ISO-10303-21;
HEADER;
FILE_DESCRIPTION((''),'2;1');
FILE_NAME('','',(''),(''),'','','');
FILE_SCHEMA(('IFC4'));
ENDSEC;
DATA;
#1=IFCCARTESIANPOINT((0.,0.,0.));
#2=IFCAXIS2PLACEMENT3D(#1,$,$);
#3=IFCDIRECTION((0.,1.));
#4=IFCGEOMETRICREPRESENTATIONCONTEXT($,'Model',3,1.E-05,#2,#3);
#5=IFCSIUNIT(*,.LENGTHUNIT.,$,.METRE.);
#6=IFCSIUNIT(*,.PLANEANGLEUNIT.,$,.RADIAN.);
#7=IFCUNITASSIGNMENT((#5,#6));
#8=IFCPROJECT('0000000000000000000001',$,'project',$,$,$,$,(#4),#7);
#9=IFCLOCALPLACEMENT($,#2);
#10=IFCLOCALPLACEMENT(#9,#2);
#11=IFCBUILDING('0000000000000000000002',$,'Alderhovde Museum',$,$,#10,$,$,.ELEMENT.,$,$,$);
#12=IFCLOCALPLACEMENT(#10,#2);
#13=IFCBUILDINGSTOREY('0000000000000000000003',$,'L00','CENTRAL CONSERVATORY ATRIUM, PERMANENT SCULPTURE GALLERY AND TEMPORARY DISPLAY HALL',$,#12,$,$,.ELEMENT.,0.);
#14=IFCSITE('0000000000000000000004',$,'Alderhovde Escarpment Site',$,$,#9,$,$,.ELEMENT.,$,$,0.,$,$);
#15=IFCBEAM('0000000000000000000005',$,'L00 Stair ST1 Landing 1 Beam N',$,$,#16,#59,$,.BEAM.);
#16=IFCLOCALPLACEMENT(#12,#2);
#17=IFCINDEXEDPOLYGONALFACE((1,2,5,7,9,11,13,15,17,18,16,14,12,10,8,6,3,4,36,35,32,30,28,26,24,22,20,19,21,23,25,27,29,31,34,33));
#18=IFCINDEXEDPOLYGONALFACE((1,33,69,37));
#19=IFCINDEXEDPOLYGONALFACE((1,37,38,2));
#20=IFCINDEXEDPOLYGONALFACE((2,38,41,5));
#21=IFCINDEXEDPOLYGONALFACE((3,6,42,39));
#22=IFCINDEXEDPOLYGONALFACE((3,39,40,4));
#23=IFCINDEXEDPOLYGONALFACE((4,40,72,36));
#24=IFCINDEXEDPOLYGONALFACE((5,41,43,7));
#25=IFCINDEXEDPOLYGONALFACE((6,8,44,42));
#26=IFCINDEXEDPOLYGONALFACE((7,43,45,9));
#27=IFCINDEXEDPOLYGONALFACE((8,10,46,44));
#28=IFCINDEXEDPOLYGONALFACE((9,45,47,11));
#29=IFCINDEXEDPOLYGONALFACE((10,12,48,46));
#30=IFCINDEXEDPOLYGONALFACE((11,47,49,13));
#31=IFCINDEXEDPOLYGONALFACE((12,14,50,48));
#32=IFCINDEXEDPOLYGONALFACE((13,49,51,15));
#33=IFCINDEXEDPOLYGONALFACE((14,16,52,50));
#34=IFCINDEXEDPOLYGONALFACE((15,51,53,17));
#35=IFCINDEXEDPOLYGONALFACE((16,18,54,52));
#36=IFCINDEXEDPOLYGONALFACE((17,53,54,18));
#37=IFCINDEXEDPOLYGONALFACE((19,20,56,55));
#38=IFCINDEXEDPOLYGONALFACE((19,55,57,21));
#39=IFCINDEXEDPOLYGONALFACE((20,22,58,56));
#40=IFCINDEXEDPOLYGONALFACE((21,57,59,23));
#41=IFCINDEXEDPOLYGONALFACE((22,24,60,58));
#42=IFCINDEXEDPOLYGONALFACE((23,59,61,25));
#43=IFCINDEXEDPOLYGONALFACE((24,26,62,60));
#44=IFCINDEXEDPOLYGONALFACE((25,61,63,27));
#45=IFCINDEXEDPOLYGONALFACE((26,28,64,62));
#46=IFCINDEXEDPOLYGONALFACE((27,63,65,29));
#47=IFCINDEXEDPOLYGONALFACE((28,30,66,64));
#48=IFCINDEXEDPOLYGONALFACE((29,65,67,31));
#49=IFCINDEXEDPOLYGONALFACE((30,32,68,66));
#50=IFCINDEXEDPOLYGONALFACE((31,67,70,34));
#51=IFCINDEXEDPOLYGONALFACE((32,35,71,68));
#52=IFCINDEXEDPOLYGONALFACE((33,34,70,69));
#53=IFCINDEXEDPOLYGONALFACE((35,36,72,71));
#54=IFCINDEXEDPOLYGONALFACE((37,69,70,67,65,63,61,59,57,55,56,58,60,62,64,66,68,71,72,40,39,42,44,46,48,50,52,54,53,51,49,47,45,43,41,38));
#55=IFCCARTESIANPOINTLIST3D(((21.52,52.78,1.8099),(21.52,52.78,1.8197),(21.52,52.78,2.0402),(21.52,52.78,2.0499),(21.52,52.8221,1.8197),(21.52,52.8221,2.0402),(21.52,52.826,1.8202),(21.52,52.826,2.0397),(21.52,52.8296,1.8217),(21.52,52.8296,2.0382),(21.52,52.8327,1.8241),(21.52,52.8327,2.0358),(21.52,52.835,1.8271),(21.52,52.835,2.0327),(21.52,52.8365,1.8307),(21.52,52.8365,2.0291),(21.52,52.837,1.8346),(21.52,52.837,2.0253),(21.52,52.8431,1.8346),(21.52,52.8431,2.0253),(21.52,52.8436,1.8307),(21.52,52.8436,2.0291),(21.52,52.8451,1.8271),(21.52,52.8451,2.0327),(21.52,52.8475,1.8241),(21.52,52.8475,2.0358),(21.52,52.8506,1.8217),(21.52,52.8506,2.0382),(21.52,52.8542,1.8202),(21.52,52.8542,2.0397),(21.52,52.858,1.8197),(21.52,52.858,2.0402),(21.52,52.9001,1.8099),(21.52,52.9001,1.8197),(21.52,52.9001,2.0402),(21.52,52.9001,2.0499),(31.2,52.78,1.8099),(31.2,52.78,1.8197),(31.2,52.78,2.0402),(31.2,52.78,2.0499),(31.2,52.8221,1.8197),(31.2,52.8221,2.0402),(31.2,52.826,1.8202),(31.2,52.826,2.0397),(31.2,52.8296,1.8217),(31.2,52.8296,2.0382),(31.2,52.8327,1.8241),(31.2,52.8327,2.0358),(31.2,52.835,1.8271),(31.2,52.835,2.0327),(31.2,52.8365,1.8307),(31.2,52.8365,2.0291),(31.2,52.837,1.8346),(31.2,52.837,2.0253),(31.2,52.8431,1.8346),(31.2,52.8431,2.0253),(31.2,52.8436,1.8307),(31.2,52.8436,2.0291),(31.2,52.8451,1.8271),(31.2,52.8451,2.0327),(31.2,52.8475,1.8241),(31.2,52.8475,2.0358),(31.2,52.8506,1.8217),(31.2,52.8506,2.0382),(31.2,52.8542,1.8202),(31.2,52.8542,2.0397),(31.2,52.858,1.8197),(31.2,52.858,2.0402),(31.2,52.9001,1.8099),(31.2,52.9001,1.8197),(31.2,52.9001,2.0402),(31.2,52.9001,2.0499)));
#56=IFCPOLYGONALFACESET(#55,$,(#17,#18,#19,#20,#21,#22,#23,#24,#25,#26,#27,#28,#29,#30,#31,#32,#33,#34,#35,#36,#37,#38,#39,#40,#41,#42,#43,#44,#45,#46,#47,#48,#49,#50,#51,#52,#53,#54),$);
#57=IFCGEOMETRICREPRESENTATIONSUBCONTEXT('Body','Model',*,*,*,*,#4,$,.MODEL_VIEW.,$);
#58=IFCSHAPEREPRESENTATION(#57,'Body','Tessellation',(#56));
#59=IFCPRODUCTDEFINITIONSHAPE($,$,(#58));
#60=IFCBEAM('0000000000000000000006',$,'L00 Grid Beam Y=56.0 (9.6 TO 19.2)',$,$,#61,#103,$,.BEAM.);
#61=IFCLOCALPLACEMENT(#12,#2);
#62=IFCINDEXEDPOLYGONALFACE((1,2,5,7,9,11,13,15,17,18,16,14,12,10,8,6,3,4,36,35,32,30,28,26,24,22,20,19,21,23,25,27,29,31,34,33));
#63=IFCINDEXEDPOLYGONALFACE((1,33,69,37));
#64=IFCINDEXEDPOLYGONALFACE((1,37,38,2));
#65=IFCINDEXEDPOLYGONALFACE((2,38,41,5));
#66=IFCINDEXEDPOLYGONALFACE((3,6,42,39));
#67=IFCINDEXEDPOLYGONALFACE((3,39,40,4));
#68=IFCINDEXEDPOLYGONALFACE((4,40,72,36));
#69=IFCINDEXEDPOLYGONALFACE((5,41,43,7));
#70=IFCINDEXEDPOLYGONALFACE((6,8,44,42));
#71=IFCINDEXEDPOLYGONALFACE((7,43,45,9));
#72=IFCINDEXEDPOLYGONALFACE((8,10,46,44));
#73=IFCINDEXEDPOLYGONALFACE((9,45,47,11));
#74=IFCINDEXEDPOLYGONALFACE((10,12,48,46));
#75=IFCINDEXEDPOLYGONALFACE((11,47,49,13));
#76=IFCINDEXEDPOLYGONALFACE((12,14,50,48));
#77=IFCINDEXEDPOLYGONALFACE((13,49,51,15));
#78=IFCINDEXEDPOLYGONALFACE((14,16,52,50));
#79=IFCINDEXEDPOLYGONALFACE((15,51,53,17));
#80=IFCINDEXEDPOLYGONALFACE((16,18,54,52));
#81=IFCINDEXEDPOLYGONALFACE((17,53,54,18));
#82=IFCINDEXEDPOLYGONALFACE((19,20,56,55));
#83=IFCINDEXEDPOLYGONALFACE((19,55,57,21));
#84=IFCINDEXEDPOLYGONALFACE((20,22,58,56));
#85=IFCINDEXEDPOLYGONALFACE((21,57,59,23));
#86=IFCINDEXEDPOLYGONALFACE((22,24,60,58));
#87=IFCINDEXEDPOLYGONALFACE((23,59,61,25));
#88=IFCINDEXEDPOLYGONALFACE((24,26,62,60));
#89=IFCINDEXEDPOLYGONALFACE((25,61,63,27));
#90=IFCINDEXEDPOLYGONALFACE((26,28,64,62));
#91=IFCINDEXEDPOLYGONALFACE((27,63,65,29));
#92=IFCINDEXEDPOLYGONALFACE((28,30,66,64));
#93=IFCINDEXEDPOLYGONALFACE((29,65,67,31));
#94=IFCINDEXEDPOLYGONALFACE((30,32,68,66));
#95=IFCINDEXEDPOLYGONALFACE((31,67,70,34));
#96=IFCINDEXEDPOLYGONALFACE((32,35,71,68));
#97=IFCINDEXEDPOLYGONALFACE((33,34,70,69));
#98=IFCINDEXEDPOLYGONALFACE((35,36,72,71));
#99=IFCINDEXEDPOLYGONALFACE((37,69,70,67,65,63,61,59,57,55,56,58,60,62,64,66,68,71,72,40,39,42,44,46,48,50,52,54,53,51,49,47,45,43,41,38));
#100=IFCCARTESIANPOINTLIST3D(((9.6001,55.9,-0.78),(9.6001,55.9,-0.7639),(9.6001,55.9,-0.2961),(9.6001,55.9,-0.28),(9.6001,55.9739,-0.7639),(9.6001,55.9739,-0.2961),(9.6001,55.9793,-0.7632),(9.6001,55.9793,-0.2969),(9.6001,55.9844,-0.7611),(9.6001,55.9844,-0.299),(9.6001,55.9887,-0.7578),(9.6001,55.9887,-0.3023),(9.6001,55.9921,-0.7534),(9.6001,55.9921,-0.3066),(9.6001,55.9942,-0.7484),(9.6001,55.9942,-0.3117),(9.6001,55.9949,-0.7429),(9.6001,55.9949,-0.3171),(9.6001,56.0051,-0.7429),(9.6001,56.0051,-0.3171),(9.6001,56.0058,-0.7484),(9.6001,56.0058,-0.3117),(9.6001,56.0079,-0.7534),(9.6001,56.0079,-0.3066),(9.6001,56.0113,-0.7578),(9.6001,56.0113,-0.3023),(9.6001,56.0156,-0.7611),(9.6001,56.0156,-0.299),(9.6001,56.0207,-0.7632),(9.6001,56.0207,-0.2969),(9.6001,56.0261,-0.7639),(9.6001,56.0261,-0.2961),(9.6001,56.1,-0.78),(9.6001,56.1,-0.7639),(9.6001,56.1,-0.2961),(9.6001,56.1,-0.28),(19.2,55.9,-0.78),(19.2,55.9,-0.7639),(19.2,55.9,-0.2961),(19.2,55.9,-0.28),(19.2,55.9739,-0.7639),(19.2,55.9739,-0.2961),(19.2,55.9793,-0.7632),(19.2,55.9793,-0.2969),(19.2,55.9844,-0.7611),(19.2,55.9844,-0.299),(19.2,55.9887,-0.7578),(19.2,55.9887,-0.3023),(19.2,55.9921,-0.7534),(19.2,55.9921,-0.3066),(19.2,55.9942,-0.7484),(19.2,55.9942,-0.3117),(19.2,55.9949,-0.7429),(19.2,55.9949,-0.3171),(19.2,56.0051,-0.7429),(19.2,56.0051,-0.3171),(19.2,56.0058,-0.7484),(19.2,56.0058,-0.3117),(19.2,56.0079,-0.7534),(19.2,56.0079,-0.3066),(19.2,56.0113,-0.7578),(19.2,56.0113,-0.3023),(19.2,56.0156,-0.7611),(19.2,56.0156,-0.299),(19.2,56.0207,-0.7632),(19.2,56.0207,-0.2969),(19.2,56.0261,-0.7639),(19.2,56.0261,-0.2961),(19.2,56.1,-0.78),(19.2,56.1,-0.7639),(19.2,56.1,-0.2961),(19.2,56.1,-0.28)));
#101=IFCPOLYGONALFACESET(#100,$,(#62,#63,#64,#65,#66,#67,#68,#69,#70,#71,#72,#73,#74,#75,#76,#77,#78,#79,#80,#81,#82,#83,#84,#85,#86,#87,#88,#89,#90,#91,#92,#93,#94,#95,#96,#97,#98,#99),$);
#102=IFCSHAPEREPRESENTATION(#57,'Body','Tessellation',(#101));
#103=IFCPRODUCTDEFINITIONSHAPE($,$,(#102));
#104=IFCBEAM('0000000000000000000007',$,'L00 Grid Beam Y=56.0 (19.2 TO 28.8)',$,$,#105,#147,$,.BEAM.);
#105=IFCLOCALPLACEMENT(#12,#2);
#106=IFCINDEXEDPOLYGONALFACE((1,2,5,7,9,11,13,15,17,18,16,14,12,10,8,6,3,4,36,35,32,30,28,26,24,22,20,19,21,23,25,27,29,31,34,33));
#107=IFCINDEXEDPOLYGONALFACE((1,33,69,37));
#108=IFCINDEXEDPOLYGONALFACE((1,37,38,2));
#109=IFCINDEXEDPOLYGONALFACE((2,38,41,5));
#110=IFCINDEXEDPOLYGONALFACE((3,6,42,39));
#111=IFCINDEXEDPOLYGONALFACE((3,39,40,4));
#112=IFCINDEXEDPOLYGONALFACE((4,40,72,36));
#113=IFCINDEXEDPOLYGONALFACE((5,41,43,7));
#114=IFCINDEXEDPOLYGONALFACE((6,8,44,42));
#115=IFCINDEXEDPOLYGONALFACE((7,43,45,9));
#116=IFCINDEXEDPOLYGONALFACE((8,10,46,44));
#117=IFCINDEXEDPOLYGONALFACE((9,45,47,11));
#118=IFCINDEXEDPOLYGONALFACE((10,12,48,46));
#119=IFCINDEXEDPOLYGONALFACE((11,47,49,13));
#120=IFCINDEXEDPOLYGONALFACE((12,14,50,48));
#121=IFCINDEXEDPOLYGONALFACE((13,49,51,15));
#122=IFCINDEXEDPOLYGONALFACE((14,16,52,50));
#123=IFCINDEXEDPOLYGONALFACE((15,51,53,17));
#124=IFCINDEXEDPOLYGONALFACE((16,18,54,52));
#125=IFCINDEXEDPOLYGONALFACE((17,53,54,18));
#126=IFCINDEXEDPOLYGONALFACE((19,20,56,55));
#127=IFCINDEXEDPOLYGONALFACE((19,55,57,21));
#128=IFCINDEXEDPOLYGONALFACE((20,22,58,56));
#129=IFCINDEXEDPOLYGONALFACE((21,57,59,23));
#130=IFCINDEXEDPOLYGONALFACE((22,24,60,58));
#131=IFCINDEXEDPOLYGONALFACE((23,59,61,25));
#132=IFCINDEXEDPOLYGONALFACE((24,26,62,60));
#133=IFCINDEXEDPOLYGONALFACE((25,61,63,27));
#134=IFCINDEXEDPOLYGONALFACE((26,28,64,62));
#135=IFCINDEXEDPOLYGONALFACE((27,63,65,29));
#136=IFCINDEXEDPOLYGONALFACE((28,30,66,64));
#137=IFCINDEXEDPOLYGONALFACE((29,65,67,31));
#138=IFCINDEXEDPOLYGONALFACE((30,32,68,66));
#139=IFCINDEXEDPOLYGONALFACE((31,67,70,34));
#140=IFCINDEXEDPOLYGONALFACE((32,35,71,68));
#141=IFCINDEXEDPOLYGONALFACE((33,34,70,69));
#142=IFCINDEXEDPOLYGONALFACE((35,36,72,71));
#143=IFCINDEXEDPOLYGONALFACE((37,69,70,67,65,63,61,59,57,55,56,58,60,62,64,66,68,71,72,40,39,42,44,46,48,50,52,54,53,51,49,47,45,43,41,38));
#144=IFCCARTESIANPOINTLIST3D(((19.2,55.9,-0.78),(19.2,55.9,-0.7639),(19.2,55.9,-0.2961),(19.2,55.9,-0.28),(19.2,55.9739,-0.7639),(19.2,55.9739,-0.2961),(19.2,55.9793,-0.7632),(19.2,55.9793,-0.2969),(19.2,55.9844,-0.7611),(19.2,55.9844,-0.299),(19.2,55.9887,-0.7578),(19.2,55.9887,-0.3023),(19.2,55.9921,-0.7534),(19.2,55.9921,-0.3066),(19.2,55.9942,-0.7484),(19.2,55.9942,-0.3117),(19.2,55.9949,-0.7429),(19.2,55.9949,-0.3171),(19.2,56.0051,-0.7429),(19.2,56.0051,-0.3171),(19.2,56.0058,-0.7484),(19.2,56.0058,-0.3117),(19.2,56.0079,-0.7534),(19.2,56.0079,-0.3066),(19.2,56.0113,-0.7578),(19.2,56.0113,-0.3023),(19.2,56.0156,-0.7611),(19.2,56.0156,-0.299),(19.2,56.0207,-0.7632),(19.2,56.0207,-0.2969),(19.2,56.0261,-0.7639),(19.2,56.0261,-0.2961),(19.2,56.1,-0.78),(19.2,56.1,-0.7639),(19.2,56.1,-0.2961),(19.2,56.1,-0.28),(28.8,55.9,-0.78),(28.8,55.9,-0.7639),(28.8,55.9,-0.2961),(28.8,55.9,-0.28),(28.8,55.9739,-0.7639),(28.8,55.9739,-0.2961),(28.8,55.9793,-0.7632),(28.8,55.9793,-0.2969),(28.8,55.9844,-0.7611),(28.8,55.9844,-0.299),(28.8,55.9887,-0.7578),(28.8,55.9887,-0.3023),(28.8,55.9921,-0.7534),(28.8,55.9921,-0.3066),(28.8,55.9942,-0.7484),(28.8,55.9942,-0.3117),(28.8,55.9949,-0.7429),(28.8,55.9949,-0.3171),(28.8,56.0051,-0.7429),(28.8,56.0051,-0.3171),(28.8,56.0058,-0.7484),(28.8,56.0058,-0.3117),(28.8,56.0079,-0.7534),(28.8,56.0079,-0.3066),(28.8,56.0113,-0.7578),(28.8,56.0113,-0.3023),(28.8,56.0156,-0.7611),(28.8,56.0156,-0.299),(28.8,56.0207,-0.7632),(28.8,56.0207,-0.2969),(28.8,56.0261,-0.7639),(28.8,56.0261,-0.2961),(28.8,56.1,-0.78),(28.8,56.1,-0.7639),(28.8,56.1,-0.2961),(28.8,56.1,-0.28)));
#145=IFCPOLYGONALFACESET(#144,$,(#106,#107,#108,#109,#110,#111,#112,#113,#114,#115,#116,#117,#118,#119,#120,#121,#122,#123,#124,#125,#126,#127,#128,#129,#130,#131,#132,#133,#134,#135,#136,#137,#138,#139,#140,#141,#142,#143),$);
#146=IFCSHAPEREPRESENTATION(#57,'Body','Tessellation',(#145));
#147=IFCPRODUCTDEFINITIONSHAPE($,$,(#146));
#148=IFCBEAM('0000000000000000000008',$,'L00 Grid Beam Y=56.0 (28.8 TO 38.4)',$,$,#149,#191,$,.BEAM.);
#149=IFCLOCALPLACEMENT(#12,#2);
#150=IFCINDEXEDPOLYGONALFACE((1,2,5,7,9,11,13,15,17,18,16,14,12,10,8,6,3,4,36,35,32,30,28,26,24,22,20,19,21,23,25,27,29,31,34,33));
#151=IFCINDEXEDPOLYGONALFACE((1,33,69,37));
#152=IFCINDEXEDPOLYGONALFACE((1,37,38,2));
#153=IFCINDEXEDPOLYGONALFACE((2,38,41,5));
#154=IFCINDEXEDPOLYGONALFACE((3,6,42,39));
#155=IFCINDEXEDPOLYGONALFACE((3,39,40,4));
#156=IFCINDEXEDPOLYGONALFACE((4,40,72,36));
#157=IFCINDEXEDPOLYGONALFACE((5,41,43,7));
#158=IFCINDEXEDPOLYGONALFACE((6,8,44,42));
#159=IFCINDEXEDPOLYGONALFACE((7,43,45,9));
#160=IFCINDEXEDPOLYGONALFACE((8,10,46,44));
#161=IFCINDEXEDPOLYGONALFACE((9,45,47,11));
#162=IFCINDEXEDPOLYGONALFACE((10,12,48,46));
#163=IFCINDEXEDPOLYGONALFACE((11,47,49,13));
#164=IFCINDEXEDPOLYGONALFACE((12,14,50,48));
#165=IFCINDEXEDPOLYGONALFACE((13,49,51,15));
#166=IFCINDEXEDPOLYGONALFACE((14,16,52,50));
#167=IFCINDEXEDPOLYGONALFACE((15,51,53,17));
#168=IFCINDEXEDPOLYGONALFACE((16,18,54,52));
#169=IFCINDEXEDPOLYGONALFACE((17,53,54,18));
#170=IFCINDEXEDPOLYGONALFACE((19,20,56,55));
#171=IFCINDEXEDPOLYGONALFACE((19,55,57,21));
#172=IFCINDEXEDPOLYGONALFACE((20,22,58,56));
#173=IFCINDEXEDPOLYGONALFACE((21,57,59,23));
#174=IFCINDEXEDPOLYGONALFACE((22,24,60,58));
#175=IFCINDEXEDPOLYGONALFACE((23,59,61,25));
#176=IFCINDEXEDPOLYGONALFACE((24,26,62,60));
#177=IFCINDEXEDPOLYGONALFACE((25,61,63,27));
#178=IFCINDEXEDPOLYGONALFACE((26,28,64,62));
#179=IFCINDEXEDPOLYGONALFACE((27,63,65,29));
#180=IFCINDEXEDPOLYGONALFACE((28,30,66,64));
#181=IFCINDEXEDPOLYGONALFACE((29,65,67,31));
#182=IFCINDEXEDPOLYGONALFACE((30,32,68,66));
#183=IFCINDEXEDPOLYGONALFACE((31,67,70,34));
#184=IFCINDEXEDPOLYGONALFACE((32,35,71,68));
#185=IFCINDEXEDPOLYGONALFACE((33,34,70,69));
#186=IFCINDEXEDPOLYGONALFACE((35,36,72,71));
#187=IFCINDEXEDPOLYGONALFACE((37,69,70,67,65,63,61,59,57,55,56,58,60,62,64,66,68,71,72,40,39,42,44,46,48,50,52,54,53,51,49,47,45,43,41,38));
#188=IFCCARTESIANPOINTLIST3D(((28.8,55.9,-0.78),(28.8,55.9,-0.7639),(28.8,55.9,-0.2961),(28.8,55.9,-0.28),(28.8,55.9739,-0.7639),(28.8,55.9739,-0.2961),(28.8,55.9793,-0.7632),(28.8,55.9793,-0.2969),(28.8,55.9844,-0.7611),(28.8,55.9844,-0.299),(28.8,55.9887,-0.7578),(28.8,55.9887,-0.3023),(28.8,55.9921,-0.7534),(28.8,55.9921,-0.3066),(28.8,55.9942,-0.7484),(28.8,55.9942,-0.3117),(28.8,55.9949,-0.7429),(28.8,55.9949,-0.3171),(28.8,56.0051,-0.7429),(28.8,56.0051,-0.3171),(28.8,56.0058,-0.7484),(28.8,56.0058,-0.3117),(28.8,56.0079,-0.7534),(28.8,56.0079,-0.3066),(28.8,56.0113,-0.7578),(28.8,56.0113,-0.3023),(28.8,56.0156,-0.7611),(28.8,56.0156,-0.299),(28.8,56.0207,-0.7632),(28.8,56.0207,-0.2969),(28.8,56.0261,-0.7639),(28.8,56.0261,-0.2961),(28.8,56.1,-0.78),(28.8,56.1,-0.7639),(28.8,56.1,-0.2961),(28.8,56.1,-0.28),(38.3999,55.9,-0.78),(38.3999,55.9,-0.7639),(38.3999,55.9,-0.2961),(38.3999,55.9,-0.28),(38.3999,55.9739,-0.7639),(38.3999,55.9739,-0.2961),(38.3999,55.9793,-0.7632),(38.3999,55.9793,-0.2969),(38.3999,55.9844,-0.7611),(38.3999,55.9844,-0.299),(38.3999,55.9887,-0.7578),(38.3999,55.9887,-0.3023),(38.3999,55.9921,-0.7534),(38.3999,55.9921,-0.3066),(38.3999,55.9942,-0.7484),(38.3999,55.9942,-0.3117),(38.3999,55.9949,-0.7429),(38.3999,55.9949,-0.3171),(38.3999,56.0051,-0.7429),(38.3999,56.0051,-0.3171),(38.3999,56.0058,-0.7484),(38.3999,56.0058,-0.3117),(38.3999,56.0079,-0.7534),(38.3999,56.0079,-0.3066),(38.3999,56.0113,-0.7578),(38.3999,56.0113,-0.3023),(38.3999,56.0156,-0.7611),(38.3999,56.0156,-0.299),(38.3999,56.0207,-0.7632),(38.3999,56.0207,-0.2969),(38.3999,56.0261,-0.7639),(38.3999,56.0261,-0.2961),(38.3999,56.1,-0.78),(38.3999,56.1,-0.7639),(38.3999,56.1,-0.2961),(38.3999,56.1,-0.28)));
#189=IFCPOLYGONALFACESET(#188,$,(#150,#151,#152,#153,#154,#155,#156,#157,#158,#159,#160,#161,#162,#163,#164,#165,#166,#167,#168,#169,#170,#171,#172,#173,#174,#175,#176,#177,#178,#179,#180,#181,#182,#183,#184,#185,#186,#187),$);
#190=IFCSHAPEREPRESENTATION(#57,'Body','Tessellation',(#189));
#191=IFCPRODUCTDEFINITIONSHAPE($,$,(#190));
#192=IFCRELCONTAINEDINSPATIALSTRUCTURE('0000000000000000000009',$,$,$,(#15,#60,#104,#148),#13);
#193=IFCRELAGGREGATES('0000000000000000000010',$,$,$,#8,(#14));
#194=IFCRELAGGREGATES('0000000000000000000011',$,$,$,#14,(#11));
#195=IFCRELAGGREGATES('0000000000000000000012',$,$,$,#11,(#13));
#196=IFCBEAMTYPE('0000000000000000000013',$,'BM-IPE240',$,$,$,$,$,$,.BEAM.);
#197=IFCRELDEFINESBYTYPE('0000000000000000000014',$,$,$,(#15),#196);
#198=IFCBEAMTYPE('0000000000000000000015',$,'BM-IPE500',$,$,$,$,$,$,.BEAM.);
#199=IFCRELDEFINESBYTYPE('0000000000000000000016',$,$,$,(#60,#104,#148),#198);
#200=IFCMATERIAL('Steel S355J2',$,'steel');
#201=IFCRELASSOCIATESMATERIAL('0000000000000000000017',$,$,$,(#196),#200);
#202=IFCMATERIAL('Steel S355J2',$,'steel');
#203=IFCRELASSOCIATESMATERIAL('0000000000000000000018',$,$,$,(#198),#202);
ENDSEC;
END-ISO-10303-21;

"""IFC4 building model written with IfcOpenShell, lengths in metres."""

from ifc_helpers import new_model, si_unit, direction, frame, origin, origin_2d, place, context, subcontext, project, spatial, i_section, extrude, material, material_profile, profile_set, type_object, element, save


model = new_model("IFC4")

# Units and contexts
model_context = context("Model", 3, precision=1e-05, world=origin(), true_north=direction((0.0, 1.0)))
body_context = subcontext(model_context, "Body", "Model", "MODEL_VIEW")
ifc_project = project(units=[si_unit("LENGTHUNIT", "METRE"), si_unit("PLANEANGLEUNIT", "RADIAN")], contexts=[model_context])

# Site, building, storey
site_placement = place(None, origin())
site = spatial("IfcSite", under=ifc_project, at=site_placement, Name="Alderhovde Escarpment Site", CompositionType="ELEMENT", RefElevation=0.0)
building_placement = place(site_placement, origin())
building = spatial("IfcBuilding", under=site, at=building_placement, Name="Alderhovde Museum", CompositionType="ELEMENT")
storey_placement = place(building_placement, origin())
storey = spatial("IfcBuildingStorey", under=building, at=storey_placement, Name="L00", Description="CENTRAL CONSERVATORY ATRIUM, PERMANENT SCULPTURE GALLERY AND TEMPORARY DISPLAY HALL", CompositionType="ELEMENT", Elevation=0.0)

# Beams
ifc_material_1 = material(Name="Steel S355J2", Category="steel")
ifc_material_profile_1 = material_profile(ifc_material_1, i_section(OverallWidth=0.1201, OverallDepth=0.24, WebThickness=0.0061, FlangeThickness=0.0098, FilletRadius=0.0149, at=origin_2d()), Name="IPE 240")
ifc_profile_set_1 = profile_set([ifc_material_profile_1], Name="Steel S355J2")
beam_type_1 = type_object("IfcBeamType", Name="BM-IPE240", PredefinedType="BEAM", material=ifc_profile_set_1)
for number, where, z_axis, x_axis, name in (
    (1, (21.52, 52.8401, 1.9299), (1.0, 0.0, 0.0), (0.0, 1.0, 0.0), "L00 Stair ST1 Landing 1 Beam N"),
):
    element("IfcBeam", number, at=place(storey_placement, frame(where, z_axis=z_axis, x_axis=x_axis)), inside=storey, type_object=beam_type_1, Name=name, PredefinedType="BEAM", context=body_context, shape_type="SweptSolid", body=[
        extrude(i_section(OverallWidth=0.1201, OverallDepth=0.24, WebThickness=0.0061, FlangeThickness=0.0098, FilletRadius=0.0149, at=origin_2d()), origin(), (0.0, 0.0, 1.0), 9.6799),
    ])
ifc_material_2 = material(Name="Steel S355J2", Category="steel")
ifc_material_profile_2 = material_profile(ifc_material_2, i_section(OverallWidth=0.2, OverallDepth=0.5, WebThickness=0.0103, FlangeThickness=0.0161, FilletRadius=0.021, at=origin_2d()), Name="IPE 500")
ifc_profile_set_2 = profile_set([ifc_material_profile_2], Name="Steel S355J2")
beam_type_2 = type_object("IfcBeamType", Name="BM-IPE500", PredefinedType="BEAM", material=ifc_profile_set_2)
beam_1_placement = place(storey_placement, frame((9.6001, 56.0, -0.53), z_axis=(1.0, 0.0, 0.0), x_axis=(0.0, 1.0, 0.0)))
element("IfcBeam", 2, at=beam_1_placement, inside=storey, type_object=beam_type_2, Name="L00 Grid Beam Y=56.0 (9.6 TO 19.2)", PredefinedType="BEAM", context=body_context, shape_type="SweptSolid", body=[
    extrude(i_section(OverallWidth=0.2, OverallDepth=0.5, WebThickness=0.0103, FlangeThickness=0.0161, FilletRadius=0.021, at=origin_2d()), origin(), (0.0, 0.0, 1.0), 9.5999),
])
beam_2_placement = place(storey_placement, frame((19.2, 56.0, -0.53), z_axis=(1.0, 0.0, 0.0), x_axis=(0.0, 1.0, 0.0)))
element("IfcBeam", 3, at=beam_2_placement, inside=storey, type_object=beam_type_2, Name="L00 Grid Beam Y=56.0 (19.2 TO 28.8)", PredefinedType="BEAM", context=body_context, shape_type="SweptSolid", body=[
    extrude(i_section(OverallWidth=0.2, OverallDepth=0.5, WebThickness=0.0103, FlangeThickness=0.0161, FilletRadius=0.021, at=origin_2d()), origin(), (0.0, 0.0, 1.0), 9.6001),
])
beam_3_placement = place(storey_placement, frame((28.8, 56.0, -0.53), z_axis=(1.0, 0.0, 0.0), x_axis=(0.0, 1.0, 0.0)))
element("IfcBeam", 4, at=beam_3_placement, inside=storey, type_object=beam_type_2, Name="L00 Grid Beam Y=56.0 (28.8 TO 38.4)", PredefinedType="BEAM", context=body_context, shape_type="SweptSolid", body=[
    extrude(i_section(OverallWidth=0.2, OverallDepth=0.5, WebThickness=0.0103, FlangeThickness=0.0161, FilletRadius=0.021, at=origin_2d()), origin(), (0.0, 0.0, 1.0), 9.5999),
])

save(model, "model.ifc")
